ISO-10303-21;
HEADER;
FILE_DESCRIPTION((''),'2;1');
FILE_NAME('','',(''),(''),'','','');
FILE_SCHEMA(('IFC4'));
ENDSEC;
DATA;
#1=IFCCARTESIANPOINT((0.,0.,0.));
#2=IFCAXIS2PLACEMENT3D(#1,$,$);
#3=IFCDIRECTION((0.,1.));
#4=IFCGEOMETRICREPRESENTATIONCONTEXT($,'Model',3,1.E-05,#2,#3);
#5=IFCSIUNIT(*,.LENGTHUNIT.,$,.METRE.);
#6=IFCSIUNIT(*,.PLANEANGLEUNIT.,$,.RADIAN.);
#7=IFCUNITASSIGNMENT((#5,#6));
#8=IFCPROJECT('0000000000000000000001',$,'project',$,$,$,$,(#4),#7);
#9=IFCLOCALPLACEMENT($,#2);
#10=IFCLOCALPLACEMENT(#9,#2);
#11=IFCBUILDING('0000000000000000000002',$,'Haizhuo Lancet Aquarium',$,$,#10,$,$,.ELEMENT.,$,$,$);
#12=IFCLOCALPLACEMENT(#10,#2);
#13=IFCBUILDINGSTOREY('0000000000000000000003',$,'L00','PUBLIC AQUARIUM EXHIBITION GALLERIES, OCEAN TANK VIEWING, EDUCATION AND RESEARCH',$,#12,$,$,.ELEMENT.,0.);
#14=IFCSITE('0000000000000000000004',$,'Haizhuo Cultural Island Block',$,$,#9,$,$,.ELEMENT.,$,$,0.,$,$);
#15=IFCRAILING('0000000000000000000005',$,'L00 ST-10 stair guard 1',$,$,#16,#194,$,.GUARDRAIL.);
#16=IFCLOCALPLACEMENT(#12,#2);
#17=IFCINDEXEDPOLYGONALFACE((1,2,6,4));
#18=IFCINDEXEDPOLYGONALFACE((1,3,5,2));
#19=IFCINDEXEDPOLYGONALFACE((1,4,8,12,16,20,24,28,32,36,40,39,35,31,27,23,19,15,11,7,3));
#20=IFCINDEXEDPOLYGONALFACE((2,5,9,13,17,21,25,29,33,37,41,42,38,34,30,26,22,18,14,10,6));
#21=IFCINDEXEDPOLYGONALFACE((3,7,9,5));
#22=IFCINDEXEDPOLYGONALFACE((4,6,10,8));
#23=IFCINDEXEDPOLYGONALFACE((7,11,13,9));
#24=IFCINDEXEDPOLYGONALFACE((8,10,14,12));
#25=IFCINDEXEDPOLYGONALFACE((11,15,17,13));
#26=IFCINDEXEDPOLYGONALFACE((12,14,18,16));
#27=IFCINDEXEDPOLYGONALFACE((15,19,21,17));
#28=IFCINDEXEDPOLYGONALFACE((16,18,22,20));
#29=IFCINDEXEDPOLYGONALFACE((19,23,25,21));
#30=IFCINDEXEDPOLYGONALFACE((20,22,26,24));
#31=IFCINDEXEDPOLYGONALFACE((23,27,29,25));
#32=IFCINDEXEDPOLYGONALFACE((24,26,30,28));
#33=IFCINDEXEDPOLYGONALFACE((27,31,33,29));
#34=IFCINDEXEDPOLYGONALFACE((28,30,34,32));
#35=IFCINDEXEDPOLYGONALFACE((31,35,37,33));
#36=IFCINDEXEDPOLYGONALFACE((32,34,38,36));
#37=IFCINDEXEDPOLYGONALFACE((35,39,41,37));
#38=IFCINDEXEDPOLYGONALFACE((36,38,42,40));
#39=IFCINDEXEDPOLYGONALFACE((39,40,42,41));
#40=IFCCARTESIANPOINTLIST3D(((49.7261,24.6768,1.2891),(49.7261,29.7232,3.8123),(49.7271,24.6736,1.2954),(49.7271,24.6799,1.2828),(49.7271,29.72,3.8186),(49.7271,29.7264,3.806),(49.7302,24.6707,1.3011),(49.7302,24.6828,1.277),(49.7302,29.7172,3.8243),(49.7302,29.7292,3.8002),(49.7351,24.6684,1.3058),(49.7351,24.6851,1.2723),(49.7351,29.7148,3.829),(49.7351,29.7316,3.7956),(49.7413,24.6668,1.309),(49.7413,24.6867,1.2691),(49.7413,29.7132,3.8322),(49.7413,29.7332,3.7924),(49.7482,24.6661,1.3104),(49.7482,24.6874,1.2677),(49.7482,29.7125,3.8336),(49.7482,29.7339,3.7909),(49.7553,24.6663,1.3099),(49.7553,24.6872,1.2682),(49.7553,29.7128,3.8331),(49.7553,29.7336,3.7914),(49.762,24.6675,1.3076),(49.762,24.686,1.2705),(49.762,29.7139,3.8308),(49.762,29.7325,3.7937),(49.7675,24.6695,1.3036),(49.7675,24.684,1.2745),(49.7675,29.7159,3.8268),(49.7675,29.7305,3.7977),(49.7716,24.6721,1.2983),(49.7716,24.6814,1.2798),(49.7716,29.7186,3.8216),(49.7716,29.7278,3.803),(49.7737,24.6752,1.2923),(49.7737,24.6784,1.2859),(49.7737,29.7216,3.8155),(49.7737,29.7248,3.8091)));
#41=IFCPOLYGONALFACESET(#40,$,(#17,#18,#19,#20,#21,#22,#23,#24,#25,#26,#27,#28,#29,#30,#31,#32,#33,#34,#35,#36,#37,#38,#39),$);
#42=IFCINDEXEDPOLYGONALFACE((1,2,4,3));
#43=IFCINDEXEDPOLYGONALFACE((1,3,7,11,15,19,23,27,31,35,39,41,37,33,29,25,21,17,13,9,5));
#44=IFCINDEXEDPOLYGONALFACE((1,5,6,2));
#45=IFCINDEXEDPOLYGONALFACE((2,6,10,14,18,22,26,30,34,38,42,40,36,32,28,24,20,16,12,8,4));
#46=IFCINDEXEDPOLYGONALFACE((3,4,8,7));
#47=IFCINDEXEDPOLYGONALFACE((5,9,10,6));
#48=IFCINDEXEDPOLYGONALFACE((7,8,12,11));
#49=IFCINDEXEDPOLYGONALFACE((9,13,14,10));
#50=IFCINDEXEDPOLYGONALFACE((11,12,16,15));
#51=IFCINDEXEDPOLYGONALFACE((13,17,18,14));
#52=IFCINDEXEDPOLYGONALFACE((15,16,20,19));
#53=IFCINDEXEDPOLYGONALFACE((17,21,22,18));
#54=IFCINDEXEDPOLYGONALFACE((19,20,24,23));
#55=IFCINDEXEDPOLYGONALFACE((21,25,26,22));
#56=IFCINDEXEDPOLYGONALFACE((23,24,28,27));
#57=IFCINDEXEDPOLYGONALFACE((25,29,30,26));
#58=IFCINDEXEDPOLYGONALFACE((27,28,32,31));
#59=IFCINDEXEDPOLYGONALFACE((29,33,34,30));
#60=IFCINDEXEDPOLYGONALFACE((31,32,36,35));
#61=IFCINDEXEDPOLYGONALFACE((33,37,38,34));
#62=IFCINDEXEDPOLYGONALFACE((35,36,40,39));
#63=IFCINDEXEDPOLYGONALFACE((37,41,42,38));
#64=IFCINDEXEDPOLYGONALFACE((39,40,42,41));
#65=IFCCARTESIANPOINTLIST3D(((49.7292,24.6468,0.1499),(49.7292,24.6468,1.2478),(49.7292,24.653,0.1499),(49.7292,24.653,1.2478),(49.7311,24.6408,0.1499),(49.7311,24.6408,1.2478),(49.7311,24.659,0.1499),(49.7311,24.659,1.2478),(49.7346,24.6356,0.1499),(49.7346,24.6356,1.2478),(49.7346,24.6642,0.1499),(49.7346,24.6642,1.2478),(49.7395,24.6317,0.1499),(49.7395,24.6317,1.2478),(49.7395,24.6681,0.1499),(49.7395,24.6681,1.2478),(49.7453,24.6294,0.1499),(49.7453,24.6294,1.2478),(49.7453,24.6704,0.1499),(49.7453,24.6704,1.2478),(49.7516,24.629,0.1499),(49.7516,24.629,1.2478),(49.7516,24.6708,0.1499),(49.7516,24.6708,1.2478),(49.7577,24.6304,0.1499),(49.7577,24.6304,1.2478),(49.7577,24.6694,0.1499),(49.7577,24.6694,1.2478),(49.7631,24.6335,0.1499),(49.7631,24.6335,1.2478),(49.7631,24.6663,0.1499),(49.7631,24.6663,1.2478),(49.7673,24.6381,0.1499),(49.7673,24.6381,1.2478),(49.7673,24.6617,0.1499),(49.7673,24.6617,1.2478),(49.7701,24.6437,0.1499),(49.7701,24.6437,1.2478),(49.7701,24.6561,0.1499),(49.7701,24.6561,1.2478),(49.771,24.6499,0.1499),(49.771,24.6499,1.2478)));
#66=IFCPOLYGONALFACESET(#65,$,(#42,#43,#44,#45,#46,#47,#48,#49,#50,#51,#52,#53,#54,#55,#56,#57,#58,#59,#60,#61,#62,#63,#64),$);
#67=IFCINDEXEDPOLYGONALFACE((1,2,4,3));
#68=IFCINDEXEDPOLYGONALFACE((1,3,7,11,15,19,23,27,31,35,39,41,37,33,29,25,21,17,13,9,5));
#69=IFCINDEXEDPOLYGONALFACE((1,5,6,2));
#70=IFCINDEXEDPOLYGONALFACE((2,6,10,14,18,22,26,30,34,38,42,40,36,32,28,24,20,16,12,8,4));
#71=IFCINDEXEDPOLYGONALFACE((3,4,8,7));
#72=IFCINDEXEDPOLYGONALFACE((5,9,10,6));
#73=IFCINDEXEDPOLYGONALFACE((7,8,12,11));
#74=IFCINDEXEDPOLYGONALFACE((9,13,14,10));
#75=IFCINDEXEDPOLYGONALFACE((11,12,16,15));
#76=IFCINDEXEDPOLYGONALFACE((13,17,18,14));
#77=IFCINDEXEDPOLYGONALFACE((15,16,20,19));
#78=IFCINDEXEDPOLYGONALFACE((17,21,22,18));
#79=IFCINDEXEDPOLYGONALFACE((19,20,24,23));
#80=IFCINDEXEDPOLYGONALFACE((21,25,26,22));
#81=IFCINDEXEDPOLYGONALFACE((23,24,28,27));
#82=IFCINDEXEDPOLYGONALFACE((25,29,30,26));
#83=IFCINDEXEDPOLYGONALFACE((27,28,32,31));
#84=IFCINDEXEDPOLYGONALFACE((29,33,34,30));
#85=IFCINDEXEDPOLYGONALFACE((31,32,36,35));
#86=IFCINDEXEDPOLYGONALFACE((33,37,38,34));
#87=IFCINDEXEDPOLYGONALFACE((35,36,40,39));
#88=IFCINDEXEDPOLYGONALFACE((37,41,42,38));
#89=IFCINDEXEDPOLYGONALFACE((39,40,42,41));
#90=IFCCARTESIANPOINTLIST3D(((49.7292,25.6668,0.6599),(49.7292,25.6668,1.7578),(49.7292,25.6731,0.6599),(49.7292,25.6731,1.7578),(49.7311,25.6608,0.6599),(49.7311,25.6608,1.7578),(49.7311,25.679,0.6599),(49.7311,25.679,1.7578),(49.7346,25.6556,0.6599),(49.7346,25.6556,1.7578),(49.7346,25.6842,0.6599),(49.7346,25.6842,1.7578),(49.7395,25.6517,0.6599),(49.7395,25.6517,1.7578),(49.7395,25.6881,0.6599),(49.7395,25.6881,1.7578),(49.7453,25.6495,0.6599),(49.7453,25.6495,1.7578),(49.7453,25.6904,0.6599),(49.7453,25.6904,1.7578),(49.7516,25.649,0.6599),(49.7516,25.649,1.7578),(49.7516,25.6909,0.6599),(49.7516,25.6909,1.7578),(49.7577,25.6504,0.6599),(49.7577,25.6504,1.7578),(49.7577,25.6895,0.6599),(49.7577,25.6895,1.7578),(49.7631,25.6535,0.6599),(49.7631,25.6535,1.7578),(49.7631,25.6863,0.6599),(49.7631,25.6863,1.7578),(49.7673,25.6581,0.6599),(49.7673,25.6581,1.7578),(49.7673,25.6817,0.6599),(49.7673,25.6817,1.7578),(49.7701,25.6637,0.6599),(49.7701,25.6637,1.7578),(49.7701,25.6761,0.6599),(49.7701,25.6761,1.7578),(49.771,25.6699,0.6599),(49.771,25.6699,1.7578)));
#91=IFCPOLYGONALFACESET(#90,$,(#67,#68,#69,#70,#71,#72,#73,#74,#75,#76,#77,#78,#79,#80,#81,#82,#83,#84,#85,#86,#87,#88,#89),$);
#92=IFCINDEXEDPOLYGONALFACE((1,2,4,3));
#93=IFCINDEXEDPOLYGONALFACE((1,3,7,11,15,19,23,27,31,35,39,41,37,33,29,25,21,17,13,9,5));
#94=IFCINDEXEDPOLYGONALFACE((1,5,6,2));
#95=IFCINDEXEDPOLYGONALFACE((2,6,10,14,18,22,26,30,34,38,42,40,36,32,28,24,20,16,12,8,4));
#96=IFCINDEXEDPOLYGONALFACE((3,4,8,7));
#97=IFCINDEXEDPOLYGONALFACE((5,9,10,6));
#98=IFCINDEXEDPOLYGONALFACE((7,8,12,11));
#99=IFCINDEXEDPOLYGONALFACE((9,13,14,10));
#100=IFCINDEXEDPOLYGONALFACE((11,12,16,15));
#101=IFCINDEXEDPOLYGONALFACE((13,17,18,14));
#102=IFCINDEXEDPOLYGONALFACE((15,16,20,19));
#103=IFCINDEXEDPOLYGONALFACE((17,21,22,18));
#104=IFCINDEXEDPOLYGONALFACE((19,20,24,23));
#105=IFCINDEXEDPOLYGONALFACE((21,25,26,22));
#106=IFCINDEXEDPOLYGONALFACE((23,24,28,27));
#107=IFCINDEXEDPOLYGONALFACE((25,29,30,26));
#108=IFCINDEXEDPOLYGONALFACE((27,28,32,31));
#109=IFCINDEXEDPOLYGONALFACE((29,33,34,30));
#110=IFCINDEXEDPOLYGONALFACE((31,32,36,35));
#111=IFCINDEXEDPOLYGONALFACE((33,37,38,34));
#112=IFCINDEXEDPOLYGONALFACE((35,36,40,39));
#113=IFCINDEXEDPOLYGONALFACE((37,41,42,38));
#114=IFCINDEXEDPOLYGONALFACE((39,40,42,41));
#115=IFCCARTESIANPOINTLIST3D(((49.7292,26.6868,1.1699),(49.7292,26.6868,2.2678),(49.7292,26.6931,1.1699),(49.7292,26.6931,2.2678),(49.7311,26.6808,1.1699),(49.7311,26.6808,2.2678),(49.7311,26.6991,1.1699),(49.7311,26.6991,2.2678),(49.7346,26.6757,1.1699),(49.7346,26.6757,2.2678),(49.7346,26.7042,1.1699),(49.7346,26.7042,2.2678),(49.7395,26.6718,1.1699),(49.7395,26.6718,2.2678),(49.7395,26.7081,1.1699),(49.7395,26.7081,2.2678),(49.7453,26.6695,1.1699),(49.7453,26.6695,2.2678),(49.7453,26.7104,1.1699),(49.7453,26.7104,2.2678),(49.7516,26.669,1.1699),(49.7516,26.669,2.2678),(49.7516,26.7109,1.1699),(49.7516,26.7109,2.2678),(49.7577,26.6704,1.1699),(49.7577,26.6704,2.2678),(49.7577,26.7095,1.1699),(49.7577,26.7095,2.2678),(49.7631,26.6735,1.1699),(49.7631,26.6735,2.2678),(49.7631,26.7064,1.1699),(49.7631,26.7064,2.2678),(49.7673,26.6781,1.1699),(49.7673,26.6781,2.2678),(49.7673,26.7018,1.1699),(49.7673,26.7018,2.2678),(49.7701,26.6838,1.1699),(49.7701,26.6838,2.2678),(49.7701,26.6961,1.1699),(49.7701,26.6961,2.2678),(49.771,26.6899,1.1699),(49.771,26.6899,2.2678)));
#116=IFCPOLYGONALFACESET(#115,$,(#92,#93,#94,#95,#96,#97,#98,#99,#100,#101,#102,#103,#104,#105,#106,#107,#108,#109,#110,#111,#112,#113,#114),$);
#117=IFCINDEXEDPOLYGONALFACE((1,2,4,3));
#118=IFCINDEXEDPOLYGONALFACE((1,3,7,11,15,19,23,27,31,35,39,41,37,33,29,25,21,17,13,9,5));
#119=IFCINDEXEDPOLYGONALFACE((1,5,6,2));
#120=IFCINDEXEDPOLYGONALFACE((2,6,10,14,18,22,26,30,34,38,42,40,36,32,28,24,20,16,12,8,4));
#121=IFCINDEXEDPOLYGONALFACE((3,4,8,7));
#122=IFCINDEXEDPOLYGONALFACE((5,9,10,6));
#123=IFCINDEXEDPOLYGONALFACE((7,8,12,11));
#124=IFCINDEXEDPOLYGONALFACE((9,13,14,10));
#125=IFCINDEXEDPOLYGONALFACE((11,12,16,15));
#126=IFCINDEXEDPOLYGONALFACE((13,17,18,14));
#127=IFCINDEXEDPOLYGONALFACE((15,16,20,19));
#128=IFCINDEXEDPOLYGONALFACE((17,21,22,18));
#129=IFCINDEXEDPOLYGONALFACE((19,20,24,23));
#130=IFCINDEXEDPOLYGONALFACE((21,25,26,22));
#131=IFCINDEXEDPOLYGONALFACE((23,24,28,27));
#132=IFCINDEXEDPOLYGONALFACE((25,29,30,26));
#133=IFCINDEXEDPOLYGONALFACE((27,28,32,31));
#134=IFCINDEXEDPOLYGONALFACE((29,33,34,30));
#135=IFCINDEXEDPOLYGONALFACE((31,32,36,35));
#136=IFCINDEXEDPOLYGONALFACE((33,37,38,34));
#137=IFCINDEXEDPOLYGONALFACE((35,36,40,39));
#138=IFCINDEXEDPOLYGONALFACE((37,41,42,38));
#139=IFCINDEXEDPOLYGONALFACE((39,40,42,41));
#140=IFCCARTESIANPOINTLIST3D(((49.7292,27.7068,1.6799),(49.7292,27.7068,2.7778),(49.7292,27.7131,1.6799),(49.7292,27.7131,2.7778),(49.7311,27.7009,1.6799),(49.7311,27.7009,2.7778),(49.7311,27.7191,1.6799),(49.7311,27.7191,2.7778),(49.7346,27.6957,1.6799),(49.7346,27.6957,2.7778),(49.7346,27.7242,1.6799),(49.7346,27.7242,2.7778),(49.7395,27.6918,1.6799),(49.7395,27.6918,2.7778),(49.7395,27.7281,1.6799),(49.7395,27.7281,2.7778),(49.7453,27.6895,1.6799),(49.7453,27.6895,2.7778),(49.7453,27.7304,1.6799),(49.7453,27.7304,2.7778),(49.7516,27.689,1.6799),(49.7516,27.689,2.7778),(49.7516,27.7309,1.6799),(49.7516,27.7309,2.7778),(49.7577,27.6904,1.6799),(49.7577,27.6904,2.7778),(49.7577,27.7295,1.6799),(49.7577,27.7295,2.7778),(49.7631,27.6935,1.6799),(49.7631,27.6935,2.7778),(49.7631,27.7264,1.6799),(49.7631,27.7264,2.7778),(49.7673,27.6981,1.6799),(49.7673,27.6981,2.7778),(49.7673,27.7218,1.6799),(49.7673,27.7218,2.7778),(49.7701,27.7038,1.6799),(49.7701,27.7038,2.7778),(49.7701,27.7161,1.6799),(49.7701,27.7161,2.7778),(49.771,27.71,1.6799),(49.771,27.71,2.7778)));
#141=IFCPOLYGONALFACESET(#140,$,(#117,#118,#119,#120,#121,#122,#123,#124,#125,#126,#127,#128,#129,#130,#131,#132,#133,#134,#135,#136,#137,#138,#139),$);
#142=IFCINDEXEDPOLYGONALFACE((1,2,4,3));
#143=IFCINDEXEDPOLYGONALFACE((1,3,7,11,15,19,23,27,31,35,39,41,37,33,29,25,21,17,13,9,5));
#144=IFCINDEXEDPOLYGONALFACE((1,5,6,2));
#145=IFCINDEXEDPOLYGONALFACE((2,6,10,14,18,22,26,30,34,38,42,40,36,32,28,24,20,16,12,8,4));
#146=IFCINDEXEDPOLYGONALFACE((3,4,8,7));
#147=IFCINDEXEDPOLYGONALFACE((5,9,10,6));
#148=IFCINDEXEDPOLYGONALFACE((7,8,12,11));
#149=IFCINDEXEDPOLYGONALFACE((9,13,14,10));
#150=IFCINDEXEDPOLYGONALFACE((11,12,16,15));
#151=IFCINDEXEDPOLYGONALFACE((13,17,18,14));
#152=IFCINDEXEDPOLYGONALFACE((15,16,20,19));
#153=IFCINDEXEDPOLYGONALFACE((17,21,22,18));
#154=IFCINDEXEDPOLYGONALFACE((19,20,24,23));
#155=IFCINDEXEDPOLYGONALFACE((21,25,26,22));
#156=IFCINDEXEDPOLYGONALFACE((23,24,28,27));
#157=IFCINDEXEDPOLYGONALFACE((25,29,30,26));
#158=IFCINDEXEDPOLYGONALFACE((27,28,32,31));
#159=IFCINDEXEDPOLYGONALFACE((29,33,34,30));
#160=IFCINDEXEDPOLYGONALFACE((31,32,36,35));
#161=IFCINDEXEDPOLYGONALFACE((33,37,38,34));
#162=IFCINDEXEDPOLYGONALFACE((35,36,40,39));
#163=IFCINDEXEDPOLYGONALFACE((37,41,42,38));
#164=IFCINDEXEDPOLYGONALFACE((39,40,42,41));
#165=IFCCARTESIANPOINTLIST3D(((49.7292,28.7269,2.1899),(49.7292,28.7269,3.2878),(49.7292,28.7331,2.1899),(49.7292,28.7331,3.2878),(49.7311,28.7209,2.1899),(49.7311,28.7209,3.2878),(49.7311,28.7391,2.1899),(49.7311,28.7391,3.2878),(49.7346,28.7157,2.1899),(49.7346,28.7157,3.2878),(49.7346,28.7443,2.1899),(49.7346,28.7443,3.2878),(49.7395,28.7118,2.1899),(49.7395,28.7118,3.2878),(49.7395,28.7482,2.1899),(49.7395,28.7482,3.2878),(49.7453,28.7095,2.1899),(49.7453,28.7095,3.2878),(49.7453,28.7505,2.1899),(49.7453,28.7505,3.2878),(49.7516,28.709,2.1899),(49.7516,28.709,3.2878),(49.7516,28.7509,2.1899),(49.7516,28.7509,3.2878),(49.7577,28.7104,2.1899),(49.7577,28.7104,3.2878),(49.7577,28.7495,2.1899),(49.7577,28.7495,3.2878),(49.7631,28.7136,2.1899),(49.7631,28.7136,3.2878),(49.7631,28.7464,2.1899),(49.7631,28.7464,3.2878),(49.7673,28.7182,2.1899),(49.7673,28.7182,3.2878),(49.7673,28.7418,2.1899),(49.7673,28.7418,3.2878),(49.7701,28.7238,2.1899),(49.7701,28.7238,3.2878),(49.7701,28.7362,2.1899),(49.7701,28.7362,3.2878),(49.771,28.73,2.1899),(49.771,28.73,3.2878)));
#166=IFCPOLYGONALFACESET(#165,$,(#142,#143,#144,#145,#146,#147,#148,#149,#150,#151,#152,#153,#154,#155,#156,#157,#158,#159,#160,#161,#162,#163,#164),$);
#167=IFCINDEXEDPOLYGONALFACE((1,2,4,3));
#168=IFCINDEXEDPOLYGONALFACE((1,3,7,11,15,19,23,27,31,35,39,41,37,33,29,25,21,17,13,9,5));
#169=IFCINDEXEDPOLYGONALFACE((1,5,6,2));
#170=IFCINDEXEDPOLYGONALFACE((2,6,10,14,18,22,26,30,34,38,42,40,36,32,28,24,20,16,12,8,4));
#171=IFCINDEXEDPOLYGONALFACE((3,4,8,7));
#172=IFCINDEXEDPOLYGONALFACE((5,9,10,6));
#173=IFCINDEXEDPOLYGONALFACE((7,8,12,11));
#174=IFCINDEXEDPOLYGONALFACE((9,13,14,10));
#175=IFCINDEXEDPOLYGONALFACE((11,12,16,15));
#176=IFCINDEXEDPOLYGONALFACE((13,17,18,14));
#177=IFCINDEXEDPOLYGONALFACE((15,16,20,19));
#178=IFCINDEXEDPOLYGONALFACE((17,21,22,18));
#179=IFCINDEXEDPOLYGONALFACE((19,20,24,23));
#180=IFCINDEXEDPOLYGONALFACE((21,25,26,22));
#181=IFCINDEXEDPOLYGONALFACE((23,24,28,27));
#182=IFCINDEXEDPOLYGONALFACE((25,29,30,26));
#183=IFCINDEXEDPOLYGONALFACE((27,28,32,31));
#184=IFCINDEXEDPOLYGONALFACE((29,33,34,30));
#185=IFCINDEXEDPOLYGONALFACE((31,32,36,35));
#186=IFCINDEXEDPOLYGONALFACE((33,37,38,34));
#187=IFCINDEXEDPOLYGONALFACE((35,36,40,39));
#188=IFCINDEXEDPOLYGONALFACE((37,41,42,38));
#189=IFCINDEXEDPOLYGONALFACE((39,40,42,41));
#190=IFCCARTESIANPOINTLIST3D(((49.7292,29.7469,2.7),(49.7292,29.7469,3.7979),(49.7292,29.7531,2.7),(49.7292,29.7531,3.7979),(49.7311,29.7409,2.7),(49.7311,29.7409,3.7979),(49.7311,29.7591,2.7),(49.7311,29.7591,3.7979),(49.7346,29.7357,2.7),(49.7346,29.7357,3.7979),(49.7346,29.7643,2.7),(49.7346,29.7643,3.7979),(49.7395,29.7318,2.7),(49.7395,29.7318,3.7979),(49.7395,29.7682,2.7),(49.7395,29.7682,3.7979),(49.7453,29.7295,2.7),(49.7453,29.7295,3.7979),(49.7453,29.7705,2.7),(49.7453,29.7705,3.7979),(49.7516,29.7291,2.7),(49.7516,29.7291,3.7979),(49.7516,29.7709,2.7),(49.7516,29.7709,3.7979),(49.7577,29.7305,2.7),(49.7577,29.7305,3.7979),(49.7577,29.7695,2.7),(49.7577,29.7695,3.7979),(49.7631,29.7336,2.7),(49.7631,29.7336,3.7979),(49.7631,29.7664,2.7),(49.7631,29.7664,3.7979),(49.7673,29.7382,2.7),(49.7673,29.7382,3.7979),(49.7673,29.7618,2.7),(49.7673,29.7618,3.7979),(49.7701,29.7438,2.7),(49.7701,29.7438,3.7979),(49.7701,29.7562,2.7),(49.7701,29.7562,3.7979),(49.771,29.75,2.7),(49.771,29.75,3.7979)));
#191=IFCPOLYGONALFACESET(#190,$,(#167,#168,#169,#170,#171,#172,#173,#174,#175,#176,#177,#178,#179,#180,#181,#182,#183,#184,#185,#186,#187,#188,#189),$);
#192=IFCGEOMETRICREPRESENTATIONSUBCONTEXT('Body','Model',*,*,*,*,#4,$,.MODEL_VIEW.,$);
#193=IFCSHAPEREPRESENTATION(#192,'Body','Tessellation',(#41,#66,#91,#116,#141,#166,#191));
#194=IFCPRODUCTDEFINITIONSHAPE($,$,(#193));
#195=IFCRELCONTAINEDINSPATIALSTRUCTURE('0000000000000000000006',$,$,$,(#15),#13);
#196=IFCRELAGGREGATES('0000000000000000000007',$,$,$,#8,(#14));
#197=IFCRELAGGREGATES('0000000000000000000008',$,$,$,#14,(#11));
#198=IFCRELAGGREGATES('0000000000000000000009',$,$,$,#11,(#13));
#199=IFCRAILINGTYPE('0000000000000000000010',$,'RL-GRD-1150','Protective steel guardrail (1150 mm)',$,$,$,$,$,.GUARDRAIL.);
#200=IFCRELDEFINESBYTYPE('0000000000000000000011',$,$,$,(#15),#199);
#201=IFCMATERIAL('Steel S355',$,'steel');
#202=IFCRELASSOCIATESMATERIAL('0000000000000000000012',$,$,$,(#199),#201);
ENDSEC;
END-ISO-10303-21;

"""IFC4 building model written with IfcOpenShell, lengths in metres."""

from ifc_helpers import new_model, si_unit, direction, frame, origin, origin_2d, place, context, subcontext, project, spatial, circle, extrude, material, type_object, element, save


model = new_model("IFC4")

# Units and contexts
model_context = context("Model", 3, precision=1e-05, world=origin(), true_north=direction((0.0, 1.0)))
body_context = subcontext(model_context, "Body", "Model", "MODEL_VIEW")
ifc_project = project(units=[si_unit("LENGTHUNIT", "METRE"), si_unit("PLANEANGLEUNIT", "RADIAN")], contexts=[model_context])

# Site, building, storey
site_placement = place(None, origin())
site = spatial("IfcSite", under=ifc_project, at=site_placement, Name="Haizhuo Cultural Island Block", CompositionType="ELEMENT", RefElevation=0.0)
building_placement = place(site_placement, origin())
building = spatial("IfcBuilding", under=site, at=building_placement, Name="Haizhuo Lancet Aquarium", CompositionType="ELEMENT")
storey_placement = place(building_placement, origin())
storey = spatial("IfcBuildingStorey", under=building, at=storey_placement, Name="L00", Description="PUBLIC AQUARIUM EXHIBITION GALLERIES, OCEAN TANK VIEWING, EDUCATION AND RESEARCH", CompositionType="ELEMENT", Elevation=0.0)

# Shared definitions
ifc_material_1 = material(Name="Steel S355", Category="steel")

# Railing
railing_type_1 = type_object("IfcRailingType", Name="RL-GRD-1150", Description="Protective steel guardrail (1150 mm)", PredefinedType="GUARDRAIL", material=ifc_material_1)
railing_1_placement = place(storey_placement, frame((49.75, 24.6499, 0.1499)))
element("IfcRailing", 1, at=railing_1_placement, inside=storey, type_object=railing_type_1, Name="L00 ST-10 stair guard 1", PredefinedType="GUARDRAIL", context=body_context, shape_type="SweptSolid", body=[
    extrude(circle(Radius=0.0239, at=origin_2d()), frame((0.0, 0.0269, 1.1392), z_axis=(0.0, 0.894427, 0.447214), x_axis=(-1.0, 0.0, 0.0)), (0.0, 0.0, 1.0), 5.6421),
    extrude(circle(Radius=0.021, at=origin_2d()), origin(), (0.0, 0.0, 1.0), 1.0979),
    extrude(circle(Radius=0.021, at=origin_2d()), frame((0.0, 1.02, 0.51)), (0.0, 0.0, 1.0), 1.0979),
    extrude(circle(Radius=0.021, at=origin_2d()), frame((0.0, 2.04, 1.02)), (0.0, 0.0, 1.0), 1.0979),
    extrude(circle(Radius=0.021, at=origin_2d()), frame((0.0, 3.0601, 1.53)), (0.0, 0.0, 1.0), 1.0979),
    extrude(circle(Radius=0.021, at=origin_2d()), frame((0.0, 4.0801, 2.04)), (0.0, 0.0, 1.0), 1.0979),
    extrude(circle(Radius=0.021, at=origin_2d()), frame((0.0, 5.1001, 2.55)), (0.0, 0.0, 1.0), 1.0979),
])

save(model, "model.ifc")
